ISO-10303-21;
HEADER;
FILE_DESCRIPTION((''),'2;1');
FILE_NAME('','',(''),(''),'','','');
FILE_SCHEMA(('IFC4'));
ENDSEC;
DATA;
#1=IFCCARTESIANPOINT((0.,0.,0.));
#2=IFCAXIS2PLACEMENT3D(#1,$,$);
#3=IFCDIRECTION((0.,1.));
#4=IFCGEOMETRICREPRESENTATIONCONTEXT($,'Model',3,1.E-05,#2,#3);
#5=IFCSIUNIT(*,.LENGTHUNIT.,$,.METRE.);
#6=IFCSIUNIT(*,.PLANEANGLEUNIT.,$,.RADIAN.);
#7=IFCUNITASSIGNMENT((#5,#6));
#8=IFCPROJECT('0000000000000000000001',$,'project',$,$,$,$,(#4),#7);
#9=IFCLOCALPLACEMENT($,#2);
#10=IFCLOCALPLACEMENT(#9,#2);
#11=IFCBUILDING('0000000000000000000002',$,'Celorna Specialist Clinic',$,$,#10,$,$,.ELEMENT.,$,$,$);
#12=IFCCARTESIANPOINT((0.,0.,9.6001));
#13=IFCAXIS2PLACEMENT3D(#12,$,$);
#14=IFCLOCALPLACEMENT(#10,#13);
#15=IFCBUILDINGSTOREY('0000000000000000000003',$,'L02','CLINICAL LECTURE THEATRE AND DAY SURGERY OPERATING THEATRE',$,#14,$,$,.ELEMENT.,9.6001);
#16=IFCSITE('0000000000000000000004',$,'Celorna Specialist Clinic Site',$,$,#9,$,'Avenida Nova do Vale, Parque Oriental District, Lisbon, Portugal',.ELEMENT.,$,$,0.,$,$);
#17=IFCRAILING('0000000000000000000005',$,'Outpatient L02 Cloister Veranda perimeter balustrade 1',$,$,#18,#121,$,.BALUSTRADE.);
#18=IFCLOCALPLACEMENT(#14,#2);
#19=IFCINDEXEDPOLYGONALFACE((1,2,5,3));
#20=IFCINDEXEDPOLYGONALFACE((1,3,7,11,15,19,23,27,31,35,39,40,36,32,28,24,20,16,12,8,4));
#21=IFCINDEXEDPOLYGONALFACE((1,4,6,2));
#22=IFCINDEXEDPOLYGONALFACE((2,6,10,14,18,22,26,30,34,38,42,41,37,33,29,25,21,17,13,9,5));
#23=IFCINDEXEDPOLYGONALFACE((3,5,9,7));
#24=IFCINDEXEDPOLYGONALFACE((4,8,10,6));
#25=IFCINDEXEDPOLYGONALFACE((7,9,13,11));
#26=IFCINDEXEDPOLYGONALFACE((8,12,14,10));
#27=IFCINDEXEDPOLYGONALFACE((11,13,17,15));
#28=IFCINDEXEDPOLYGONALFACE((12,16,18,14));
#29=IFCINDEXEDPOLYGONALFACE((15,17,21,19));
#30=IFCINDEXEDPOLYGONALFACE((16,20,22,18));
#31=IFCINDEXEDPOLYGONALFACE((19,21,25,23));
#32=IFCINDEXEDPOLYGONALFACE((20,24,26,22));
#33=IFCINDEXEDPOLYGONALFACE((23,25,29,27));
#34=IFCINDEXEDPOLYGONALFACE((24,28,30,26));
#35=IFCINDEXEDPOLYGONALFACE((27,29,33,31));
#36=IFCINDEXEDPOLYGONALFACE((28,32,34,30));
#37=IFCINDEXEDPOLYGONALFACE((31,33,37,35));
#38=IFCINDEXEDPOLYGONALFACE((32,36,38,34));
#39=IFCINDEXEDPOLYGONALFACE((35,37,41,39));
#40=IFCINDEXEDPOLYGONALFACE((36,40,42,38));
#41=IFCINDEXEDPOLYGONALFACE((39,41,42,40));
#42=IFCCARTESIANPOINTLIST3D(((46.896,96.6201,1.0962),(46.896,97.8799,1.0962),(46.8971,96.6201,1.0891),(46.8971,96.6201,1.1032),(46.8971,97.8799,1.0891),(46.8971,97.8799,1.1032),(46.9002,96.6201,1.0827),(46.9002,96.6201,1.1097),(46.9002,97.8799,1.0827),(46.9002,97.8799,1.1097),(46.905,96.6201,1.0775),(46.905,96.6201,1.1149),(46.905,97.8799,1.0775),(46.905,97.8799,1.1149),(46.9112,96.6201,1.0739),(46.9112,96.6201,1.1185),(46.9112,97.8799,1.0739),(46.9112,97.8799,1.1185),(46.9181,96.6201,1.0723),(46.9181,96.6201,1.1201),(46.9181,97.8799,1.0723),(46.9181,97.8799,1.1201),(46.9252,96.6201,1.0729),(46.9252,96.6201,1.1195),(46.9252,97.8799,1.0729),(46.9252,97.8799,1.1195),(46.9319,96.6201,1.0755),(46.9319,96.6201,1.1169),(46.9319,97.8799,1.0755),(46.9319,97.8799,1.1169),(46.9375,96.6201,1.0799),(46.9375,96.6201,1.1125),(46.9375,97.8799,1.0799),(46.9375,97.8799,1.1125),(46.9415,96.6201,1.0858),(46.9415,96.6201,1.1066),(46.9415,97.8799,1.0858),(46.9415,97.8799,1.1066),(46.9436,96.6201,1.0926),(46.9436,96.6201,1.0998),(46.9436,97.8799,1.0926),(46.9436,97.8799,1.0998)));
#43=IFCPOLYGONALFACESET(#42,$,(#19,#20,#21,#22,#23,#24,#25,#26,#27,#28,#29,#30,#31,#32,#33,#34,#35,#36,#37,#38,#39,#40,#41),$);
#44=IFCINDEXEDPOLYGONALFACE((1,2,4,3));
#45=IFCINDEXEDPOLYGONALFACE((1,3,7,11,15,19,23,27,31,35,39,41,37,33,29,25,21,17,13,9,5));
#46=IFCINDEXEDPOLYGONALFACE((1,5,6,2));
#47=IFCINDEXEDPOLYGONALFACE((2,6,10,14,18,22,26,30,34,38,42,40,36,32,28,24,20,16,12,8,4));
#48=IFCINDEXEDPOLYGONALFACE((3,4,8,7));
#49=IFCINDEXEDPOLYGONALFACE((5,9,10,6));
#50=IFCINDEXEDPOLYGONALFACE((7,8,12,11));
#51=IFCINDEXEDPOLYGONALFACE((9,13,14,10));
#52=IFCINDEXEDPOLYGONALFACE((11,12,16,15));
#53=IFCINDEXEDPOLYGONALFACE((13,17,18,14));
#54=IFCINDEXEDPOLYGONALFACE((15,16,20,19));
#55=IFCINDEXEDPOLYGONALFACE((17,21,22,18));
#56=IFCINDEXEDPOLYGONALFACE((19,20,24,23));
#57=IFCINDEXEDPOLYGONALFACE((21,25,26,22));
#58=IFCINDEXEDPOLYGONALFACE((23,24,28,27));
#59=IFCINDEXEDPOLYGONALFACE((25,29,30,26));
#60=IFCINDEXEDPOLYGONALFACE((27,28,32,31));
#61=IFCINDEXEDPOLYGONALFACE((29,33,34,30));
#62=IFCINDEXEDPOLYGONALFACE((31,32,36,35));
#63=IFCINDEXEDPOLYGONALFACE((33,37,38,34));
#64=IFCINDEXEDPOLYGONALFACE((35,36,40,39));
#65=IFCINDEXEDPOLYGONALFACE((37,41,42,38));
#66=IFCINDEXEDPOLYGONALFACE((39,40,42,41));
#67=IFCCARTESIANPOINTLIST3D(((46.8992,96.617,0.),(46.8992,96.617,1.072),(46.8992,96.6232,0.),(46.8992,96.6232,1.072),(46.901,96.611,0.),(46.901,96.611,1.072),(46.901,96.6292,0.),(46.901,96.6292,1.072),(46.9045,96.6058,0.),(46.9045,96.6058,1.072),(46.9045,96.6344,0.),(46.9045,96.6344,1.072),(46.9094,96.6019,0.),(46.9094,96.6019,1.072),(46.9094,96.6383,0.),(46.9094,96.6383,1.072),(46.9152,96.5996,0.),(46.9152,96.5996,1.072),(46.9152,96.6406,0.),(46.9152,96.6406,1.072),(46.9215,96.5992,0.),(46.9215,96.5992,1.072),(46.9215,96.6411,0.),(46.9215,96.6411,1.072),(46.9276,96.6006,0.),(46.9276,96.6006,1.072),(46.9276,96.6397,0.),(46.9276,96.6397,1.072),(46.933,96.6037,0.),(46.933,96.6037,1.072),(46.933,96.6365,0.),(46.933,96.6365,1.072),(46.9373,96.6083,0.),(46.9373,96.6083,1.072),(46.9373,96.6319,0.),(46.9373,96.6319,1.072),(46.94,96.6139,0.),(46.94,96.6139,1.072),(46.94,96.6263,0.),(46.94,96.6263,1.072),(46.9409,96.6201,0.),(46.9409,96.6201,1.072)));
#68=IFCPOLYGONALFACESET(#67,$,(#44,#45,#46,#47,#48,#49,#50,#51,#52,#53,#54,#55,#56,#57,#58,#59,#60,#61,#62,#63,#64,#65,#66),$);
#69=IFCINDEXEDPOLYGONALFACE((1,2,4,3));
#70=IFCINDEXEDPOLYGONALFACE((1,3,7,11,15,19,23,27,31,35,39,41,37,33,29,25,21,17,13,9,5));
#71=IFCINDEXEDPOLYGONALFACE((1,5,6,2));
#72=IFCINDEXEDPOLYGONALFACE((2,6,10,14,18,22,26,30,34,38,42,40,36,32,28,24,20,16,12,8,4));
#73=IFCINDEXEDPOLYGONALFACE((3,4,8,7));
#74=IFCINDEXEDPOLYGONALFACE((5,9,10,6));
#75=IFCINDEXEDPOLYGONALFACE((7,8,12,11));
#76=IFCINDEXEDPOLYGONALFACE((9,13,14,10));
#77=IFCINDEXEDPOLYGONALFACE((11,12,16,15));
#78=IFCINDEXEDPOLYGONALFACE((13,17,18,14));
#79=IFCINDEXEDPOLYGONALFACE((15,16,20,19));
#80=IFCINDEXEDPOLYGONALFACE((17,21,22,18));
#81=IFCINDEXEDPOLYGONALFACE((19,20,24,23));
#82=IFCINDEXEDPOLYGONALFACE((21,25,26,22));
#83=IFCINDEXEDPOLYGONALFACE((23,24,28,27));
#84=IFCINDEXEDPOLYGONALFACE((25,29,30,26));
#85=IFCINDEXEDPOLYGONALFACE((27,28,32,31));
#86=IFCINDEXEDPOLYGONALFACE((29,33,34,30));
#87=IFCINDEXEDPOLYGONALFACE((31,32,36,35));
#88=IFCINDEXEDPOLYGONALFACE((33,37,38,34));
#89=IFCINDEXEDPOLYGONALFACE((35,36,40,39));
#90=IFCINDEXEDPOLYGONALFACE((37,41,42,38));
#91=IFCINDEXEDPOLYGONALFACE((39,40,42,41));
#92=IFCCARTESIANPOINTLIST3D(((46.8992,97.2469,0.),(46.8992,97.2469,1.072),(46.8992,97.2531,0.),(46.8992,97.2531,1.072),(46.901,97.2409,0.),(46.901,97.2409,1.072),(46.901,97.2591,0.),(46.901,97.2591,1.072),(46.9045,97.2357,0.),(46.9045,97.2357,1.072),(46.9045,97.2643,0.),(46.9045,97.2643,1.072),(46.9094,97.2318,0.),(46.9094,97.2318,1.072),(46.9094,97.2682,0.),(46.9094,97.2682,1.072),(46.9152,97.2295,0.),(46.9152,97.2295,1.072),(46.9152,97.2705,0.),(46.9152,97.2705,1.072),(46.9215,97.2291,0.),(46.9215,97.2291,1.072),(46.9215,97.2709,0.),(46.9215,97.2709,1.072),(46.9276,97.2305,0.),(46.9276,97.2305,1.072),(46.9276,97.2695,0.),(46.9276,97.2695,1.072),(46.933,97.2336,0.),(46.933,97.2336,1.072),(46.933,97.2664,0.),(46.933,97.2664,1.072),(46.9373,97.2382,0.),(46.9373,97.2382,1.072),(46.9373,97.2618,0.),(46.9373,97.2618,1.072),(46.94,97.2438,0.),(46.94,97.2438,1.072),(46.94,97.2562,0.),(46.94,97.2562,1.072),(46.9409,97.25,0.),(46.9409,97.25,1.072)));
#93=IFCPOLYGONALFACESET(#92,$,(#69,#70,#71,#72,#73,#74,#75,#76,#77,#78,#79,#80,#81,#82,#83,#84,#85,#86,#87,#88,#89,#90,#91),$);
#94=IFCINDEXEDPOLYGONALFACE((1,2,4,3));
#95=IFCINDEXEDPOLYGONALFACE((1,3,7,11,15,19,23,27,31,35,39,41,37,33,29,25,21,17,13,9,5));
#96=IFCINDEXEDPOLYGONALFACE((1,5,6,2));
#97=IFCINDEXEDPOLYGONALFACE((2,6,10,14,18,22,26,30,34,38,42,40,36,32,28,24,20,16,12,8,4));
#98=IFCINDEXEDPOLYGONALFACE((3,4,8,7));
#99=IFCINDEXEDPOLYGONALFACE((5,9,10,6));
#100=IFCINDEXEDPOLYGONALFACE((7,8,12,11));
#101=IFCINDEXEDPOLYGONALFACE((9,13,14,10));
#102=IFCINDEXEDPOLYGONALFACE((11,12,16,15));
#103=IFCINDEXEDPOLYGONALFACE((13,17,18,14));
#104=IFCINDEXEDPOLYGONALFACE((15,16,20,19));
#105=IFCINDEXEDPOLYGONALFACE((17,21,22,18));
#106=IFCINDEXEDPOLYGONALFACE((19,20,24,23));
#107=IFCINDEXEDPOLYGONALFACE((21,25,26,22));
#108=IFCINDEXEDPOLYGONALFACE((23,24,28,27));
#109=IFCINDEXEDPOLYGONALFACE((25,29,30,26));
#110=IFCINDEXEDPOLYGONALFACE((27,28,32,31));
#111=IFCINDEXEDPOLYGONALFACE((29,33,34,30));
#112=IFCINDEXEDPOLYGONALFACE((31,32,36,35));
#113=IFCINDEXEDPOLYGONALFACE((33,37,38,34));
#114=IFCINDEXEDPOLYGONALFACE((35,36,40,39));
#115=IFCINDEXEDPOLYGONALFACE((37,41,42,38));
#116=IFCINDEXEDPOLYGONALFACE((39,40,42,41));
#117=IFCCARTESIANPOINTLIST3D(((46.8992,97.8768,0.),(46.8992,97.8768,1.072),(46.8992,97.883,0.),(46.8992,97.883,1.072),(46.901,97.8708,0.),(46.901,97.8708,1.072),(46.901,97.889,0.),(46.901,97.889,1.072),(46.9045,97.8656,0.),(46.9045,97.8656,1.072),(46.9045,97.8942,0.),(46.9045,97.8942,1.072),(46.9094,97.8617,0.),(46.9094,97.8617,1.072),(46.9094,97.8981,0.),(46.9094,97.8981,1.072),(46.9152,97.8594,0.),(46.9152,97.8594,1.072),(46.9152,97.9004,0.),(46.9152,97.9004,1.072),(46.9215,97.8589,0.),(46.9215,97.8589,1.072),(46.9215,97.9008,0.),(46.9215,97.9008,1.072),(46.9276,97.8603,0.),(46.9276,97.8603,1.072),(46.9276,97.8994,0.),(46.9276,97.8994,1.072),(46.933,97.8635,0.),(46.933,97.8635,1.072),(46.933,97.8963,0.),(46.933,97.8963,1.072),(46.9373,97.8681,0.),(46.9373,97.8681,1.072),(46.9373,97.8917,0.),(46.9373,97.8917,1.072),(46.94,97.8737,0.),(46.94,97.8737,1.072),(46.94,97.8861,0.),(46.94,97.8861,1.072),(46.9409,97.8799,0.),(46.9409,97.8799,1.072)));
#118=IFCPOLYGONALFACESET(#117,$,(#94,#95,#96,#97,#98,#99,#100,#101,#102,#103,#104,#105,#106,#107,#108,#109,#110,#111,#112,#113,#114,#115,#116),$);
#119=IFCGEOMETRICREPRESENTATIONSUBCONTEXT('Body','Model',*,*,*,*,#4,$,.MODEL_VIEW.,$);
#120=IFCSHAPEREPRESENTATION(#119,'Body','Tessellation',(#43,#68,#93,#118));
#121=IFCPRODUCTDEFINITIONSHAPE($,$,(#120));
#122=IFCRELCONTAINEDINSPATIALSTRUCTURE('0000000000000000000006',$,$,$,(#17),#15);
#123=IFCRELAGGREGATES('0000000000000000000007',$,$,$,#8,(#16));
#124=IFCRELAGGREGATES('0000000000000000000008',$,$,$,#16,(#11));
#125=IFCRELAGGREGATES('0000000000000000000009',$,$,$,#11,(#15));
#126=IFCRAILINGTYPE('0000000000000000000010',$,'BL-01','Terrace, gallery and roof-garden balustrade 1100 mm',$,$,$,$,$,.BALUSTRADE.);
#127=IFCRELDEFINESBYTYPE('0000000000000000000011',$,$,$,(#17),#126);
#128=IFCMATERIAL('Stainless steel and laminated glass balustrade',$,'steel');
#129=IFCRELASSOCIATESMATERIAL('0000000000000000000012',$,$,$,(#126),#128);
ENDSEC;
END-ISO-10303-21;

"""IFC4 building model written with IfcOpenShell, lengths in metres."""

from ifc_helpers import new_model, si_unit, direction, frame, origin, origin_2d, place, context, subcontext, project, spatial, circle, extrude, material, type_object, element, save


model = new_model("IFC4")

# Units and contexts
model_context = context("Model", 3, precision=1e-05, world=origin(), true_north=direction((0.0, 1.0)))
body_context = subcontext(model_context, "Body", "Model", "MODEL_VIEW")
ifc_project = project(units=[si_unit("LENGTHUNIT", "METRE"), si_unit("PLANEANGLEUNIT", "RADIAN")], contexts=[model_context])

# Site, building, storey
site_placement = place(None, origin())
site = spatial("IfcSite", under=ifc_project, at=site_placement, Name="Celorna Specialist Clinic Site", LongName="Avenida Nova do Vale, Parque Oriental District, Lisbon, Portugal", CompositionType="ELEMENT", RefElevation=0.0)
building_placement = place(site_placement, origin())
building = spatial("IfcBuilding", under=site, at=building_placement, Name="Celorna Specialist Clinic", CompositionType="ELEMENT")
storey_placement = place(building_placement, frame((0.0, 0.0, 9.6001)))
storey = spatial("IfcBuildingStorey", under=building, at=storey_placement, Name="L02", Description="CLINICAL LECTURE THEATRE AND DAY SURGERY OPERATING THEATRE", CompositionType="ELEMENT", Elevation=9.6001)

# Railing
ifc_material_1 = material(Name="Stainless steel and laminated glass balustrade", Category="steel")
railing_type = type_object("IfcRailingType", Name="BL-01", Description="Terrace, gallery and roof-garden balustrade 1100 mm", PredefinedType="BALUSTRADE", material=ifc_material_1)
railing_placement = place(storey_placement, frame((46.9199, 96.6201, 0.0)))
element("IfcRailing", 1, at=railing_placement, inside=storey, type_object=railing_type, Name="Outpatient L02 Cloister Veranda perimeter balustrade 1", PredefinedType="BALUSTRADE", context=body_context, shape_type="SweptSolid", body=[
    extrude(circle(Radius=0.0239, at=origin_2d()), frame((0.0, 0.0, 1.0962), z_axis=(0.0, 1.0, 0.0), x_axis=(-1.0, 0.0, 0.0)), (0.0, 0.0, 1.0), 1.2598),
    extrude(circle(Radius=0.021, at=origin_2d()), origin(), (0.0, 0.0, 1.0), 1.072),
    extrude(circle(Radius=0.021, at=origin_2d()), frame((0.0, 0.6299, 0.0)), (0.0, 0.0, 1.0), 1.072),
    extrude(circle(Radius=0.021, at=origin_2d()), frame((0.0, 1.2598, 0.0)), (0.0, 0.0, 1.0), 1.072),
])

save(model, "model.ifc")
